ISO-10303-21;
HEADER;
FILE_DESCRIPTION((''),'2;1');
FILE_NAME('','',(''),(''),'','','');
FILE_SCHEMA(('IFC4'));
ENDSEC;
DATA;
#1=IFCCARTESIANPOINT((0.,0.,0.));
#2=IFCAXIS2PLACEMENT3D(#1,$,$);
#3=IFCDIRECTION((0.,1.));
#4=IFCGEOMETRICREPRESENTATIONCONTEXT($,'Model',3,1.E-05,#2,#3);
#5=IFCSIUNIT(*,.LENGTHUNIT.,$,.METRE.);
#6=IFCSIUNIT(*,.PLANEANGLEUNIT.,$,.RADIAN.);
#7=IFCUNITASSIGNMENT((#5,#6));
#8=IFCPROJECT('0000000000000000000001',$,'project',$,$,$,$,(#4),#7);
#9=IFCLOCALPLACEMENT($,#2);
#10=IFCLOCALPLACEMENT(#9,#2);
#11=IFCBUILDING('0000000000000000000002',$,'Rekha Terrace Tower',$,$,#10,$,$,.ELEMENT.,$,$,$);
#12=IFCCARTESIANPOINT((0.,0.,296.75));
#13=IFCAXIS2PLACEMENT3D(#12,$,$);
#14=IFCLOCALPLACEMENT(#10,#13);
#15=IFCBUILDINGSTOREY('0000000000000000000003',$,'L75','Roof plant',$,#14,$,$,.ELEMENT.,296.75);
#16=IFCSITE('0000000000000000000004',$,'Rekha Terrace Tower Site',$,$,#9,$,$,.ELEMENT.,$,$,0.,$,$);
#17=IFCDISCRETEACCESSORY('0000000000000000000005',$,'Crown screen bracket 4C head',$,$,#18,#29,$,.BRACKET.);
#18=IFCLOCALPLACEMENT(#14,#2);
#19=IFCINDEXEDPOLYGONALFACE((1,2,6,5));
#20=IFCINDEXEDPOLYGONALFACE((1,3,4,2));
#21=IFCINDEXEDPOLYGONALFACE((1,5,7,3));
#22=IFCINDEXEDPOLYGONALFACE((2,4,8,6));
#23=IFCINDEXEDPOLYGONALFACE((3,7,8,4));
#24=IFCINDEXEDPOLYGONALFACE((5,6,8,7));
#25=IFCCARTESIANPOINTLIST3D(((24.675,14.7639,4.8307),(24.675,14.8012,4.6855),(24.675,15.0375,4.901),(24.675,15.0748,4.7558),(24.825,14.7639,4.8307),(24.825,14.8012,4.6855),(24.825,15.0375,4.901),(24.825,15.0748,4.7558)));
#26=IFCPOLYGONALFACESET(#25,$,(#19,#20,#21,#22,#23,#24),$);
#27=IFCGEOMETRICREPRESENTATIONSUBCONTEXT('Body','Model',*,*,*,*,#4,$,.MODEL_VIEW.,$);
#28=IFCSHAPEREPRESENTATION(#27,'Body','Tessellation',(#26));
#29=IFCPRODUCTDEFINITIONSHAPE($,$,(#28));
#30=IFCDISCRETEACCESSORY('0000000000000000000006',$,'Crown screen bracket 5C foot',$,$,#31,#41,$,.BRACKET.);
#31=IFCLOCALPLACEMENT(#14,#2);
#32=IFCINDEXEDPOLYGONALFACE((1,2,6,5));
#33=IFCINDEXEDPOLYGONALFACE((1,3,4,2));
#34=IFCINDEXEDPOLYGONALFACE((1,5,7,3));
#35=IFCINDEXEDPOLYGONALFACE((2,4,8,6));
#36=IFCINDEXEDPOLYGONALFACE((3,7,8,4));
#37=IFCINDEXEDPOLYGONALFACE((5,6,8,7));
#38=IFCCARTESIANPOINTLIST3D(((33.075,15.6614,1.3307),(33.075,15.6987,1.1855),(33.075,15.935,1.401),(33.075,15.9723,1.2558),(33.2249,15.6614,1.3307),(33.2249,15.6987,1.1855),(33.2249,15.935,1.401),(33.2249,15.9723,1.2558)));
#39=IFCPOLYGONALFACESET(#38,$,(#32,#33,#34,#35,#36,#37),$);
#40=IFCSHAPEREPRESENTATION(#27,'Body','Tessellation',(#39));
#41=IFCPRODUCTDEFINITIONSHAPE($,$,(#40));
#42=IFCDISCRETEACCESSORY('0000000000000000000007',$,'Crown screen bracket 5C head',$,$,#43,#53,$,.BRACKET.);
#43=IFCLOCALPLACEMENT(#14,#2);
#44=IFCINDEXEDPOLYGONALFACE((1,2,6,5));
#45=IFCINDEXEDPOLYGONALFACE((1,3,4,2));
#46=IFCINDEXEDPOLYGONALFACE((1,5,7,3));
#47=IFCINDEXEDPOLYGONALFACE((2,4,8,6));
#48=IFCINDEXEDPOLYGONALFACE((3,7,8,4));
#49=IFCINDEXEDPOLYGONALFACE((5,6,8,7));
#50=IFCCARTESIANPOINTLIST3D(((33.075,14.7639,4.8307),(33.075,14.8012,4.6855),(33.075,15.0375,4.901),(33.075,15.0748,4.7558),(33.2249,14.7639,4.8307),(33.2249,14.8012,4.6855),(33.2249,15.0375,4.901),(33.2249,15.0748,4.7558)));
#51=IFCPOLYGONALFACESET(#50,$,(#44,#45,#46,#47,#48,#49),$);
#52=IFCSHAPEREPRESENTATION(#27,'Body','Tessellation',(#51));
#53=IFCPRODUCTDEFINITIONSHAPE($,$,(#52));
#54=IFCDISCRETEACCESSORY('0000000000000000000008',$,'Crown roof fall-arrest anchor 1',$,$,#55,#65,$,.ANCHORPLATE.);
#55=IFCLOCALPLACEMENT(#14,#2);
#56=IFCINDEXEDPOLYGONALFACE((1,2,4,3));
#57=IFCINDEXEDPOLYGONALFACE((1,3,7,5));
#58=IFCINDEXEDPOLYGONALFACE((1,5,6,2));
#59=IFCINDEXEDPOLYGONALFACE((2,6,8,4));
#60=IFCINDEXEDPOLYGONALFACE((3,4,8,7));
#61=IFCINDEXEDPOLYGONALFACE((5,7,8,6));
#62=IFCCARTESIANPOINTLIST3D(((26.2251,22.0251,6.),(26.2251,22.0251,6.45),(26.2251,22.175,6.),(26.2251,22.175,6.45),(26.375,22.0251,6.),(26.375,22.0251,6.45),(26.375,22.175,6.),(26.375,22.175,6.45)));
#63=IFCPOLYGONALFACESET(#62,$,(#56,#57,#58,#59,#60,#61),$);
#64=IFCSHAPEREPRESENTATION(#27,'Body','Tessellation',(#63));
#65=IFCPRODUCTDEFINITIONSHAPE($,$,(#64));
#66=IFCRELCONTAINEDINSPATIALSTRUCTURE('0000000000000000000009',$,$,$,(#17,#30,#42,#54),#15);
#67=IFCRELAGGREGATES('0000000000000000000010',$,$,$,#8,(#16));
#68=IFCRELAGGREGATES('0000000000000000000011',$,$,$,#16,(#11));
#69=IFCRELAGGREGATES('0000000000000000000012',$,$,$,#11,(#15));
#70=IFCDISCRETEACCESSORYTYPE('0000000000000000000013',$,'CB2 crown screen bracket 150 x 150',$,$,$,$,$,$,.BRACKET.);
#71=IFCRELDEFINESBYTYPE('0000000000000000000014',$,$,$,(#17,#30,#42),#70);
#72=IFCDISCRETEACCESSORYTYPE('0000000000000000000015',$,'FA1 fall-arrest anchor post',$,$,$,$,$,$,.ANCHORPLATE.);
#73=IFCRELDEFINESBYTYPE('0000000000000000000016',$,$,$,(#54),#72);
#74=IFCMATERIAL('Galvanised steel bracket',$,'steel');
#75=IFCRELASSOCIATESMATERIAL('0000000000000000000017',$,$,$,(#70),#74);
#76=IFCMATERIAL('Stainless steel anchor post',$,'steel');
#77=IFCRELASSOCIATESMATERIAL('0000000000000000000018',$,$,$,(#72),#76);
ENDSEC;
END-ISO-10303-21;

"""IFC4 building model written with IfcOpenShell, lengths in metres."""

from ifc_helpers import new_model, si_unit, direction, frame, origin, origin_2d, place, context, subcontext, project, spatial, rectangle, extrude, material, type_object, element, save


model = new_model("IFC4")

# Units and contexts
model_context = context("Model", 3, precision=1e-05, world=origin(), true_north=direction((0.0, 1.0)))
body_context = subcontext(model_context, "Body", "Model", "MODEL_VIEW")
ifc_project = project(units=[si_unit("LENGTHUNIT", "METRE"), si_unit("PLANEANGLEUNIT", "RADIAN")], contexts=[model_context])

# Site, building, storey
site_placement = place(None, origin())
site = spatial("IfcSite", under=ifc_project, at=site_placement, Name="Rekha Terrace Tower Site", CompositionType="ELEMENT", RefElevation=0.0)
building_placement = place(site_placement, origin())
building = spatial("IfcBuilding", under=site, at=building_placement, Name="Rekha Terrace Tower", CompositionType="ELEMENT")
storey_placement = place(building_placement, frame((0.0, 0.0, 296.75)))
storey = spatial("IfcBuildingStorey", under=building, at=storey_placement, Name="L75", Description="Roof plant", CompositionType="ELEMENT", Elevation=296.75)

# Discrete accessories
ifc_material_1 = material(Name="Galvanised steel bracket", Category="steel")
discrete_accessory_type_1 = type_object("IfcDiscreteAccessoryType", Name="CB2 crown screen bracket 150 x 150", PredefinedType="BRACKET", material=ifc_material_1)
for number, where, z_axis, x_axis, name in (
    (1, (24.75, 15.0562, 4.8284), (0.0, -0.968546, -0.248833), (1.0, 0.0, 0.0), "Crown screen bracket 4C head"),
    (2, (33.1499, 15.9536, 1.3284), (0.0, -0.968546, -0.248833), (1.0, 0.0, 0.0), "Crown screen bracket 5C foot"),
    (3, (33.1499, 15.0562, 4.8284), (0.0, -0.968546, -0.248833), (1.0, 0.0, 0.0), "Crown screen bracket 5C head"),
):
    element("IfcDiscreteAccessory", number, at=place(storey_placement, frame(where, z_axis=z_axis, x_axis=x_axis)), inside=storey, type_object=discrete_accessory_type_1, Name=name, PredefinedType="BRACKET", context=body_context, shape_type="SweptSolid", body=[
        extrude(rectangle(XDim=0.1499, YDim=0.1499, at=origin_2d()), origin(), (0.0, 0.0, 1.0), 0.2825),
    ])
ifc_material_2 = material(Name="Stainless steel anchor post", Category="steel")
discrete_accessory_type_2 = type_object("IfcDiscreteAccessoryType", Name="FA1 fall-arrest anchor post", PredefinedType="ANCHORPLATE", material=ifc_material_2)
discrete_accessory_placement = place(storey_placement, frame((26.3, 22.1001, 6.0), z_axis=(0.0, 0.0, 1.0), x_axis=(1.0, 0.0, 0.0)))
element("IfcDiscreteAccessory", 4, at=discrete_accessory_placement, inside=storey, type_object=discrete_accessory_type_2, Name="Crown roof fall-arrest anchor 1", PredefinedType="ANCHORPLATE", context=body_context, shape_type="SweptSolid", body=[
    extrude(rectangle(XDim=0.1499, YDim=0.1499, at=origin_2d()), origin(), (0.0, 0.0, 1.0), 0.45),
])

save(model, "model.ifc")
